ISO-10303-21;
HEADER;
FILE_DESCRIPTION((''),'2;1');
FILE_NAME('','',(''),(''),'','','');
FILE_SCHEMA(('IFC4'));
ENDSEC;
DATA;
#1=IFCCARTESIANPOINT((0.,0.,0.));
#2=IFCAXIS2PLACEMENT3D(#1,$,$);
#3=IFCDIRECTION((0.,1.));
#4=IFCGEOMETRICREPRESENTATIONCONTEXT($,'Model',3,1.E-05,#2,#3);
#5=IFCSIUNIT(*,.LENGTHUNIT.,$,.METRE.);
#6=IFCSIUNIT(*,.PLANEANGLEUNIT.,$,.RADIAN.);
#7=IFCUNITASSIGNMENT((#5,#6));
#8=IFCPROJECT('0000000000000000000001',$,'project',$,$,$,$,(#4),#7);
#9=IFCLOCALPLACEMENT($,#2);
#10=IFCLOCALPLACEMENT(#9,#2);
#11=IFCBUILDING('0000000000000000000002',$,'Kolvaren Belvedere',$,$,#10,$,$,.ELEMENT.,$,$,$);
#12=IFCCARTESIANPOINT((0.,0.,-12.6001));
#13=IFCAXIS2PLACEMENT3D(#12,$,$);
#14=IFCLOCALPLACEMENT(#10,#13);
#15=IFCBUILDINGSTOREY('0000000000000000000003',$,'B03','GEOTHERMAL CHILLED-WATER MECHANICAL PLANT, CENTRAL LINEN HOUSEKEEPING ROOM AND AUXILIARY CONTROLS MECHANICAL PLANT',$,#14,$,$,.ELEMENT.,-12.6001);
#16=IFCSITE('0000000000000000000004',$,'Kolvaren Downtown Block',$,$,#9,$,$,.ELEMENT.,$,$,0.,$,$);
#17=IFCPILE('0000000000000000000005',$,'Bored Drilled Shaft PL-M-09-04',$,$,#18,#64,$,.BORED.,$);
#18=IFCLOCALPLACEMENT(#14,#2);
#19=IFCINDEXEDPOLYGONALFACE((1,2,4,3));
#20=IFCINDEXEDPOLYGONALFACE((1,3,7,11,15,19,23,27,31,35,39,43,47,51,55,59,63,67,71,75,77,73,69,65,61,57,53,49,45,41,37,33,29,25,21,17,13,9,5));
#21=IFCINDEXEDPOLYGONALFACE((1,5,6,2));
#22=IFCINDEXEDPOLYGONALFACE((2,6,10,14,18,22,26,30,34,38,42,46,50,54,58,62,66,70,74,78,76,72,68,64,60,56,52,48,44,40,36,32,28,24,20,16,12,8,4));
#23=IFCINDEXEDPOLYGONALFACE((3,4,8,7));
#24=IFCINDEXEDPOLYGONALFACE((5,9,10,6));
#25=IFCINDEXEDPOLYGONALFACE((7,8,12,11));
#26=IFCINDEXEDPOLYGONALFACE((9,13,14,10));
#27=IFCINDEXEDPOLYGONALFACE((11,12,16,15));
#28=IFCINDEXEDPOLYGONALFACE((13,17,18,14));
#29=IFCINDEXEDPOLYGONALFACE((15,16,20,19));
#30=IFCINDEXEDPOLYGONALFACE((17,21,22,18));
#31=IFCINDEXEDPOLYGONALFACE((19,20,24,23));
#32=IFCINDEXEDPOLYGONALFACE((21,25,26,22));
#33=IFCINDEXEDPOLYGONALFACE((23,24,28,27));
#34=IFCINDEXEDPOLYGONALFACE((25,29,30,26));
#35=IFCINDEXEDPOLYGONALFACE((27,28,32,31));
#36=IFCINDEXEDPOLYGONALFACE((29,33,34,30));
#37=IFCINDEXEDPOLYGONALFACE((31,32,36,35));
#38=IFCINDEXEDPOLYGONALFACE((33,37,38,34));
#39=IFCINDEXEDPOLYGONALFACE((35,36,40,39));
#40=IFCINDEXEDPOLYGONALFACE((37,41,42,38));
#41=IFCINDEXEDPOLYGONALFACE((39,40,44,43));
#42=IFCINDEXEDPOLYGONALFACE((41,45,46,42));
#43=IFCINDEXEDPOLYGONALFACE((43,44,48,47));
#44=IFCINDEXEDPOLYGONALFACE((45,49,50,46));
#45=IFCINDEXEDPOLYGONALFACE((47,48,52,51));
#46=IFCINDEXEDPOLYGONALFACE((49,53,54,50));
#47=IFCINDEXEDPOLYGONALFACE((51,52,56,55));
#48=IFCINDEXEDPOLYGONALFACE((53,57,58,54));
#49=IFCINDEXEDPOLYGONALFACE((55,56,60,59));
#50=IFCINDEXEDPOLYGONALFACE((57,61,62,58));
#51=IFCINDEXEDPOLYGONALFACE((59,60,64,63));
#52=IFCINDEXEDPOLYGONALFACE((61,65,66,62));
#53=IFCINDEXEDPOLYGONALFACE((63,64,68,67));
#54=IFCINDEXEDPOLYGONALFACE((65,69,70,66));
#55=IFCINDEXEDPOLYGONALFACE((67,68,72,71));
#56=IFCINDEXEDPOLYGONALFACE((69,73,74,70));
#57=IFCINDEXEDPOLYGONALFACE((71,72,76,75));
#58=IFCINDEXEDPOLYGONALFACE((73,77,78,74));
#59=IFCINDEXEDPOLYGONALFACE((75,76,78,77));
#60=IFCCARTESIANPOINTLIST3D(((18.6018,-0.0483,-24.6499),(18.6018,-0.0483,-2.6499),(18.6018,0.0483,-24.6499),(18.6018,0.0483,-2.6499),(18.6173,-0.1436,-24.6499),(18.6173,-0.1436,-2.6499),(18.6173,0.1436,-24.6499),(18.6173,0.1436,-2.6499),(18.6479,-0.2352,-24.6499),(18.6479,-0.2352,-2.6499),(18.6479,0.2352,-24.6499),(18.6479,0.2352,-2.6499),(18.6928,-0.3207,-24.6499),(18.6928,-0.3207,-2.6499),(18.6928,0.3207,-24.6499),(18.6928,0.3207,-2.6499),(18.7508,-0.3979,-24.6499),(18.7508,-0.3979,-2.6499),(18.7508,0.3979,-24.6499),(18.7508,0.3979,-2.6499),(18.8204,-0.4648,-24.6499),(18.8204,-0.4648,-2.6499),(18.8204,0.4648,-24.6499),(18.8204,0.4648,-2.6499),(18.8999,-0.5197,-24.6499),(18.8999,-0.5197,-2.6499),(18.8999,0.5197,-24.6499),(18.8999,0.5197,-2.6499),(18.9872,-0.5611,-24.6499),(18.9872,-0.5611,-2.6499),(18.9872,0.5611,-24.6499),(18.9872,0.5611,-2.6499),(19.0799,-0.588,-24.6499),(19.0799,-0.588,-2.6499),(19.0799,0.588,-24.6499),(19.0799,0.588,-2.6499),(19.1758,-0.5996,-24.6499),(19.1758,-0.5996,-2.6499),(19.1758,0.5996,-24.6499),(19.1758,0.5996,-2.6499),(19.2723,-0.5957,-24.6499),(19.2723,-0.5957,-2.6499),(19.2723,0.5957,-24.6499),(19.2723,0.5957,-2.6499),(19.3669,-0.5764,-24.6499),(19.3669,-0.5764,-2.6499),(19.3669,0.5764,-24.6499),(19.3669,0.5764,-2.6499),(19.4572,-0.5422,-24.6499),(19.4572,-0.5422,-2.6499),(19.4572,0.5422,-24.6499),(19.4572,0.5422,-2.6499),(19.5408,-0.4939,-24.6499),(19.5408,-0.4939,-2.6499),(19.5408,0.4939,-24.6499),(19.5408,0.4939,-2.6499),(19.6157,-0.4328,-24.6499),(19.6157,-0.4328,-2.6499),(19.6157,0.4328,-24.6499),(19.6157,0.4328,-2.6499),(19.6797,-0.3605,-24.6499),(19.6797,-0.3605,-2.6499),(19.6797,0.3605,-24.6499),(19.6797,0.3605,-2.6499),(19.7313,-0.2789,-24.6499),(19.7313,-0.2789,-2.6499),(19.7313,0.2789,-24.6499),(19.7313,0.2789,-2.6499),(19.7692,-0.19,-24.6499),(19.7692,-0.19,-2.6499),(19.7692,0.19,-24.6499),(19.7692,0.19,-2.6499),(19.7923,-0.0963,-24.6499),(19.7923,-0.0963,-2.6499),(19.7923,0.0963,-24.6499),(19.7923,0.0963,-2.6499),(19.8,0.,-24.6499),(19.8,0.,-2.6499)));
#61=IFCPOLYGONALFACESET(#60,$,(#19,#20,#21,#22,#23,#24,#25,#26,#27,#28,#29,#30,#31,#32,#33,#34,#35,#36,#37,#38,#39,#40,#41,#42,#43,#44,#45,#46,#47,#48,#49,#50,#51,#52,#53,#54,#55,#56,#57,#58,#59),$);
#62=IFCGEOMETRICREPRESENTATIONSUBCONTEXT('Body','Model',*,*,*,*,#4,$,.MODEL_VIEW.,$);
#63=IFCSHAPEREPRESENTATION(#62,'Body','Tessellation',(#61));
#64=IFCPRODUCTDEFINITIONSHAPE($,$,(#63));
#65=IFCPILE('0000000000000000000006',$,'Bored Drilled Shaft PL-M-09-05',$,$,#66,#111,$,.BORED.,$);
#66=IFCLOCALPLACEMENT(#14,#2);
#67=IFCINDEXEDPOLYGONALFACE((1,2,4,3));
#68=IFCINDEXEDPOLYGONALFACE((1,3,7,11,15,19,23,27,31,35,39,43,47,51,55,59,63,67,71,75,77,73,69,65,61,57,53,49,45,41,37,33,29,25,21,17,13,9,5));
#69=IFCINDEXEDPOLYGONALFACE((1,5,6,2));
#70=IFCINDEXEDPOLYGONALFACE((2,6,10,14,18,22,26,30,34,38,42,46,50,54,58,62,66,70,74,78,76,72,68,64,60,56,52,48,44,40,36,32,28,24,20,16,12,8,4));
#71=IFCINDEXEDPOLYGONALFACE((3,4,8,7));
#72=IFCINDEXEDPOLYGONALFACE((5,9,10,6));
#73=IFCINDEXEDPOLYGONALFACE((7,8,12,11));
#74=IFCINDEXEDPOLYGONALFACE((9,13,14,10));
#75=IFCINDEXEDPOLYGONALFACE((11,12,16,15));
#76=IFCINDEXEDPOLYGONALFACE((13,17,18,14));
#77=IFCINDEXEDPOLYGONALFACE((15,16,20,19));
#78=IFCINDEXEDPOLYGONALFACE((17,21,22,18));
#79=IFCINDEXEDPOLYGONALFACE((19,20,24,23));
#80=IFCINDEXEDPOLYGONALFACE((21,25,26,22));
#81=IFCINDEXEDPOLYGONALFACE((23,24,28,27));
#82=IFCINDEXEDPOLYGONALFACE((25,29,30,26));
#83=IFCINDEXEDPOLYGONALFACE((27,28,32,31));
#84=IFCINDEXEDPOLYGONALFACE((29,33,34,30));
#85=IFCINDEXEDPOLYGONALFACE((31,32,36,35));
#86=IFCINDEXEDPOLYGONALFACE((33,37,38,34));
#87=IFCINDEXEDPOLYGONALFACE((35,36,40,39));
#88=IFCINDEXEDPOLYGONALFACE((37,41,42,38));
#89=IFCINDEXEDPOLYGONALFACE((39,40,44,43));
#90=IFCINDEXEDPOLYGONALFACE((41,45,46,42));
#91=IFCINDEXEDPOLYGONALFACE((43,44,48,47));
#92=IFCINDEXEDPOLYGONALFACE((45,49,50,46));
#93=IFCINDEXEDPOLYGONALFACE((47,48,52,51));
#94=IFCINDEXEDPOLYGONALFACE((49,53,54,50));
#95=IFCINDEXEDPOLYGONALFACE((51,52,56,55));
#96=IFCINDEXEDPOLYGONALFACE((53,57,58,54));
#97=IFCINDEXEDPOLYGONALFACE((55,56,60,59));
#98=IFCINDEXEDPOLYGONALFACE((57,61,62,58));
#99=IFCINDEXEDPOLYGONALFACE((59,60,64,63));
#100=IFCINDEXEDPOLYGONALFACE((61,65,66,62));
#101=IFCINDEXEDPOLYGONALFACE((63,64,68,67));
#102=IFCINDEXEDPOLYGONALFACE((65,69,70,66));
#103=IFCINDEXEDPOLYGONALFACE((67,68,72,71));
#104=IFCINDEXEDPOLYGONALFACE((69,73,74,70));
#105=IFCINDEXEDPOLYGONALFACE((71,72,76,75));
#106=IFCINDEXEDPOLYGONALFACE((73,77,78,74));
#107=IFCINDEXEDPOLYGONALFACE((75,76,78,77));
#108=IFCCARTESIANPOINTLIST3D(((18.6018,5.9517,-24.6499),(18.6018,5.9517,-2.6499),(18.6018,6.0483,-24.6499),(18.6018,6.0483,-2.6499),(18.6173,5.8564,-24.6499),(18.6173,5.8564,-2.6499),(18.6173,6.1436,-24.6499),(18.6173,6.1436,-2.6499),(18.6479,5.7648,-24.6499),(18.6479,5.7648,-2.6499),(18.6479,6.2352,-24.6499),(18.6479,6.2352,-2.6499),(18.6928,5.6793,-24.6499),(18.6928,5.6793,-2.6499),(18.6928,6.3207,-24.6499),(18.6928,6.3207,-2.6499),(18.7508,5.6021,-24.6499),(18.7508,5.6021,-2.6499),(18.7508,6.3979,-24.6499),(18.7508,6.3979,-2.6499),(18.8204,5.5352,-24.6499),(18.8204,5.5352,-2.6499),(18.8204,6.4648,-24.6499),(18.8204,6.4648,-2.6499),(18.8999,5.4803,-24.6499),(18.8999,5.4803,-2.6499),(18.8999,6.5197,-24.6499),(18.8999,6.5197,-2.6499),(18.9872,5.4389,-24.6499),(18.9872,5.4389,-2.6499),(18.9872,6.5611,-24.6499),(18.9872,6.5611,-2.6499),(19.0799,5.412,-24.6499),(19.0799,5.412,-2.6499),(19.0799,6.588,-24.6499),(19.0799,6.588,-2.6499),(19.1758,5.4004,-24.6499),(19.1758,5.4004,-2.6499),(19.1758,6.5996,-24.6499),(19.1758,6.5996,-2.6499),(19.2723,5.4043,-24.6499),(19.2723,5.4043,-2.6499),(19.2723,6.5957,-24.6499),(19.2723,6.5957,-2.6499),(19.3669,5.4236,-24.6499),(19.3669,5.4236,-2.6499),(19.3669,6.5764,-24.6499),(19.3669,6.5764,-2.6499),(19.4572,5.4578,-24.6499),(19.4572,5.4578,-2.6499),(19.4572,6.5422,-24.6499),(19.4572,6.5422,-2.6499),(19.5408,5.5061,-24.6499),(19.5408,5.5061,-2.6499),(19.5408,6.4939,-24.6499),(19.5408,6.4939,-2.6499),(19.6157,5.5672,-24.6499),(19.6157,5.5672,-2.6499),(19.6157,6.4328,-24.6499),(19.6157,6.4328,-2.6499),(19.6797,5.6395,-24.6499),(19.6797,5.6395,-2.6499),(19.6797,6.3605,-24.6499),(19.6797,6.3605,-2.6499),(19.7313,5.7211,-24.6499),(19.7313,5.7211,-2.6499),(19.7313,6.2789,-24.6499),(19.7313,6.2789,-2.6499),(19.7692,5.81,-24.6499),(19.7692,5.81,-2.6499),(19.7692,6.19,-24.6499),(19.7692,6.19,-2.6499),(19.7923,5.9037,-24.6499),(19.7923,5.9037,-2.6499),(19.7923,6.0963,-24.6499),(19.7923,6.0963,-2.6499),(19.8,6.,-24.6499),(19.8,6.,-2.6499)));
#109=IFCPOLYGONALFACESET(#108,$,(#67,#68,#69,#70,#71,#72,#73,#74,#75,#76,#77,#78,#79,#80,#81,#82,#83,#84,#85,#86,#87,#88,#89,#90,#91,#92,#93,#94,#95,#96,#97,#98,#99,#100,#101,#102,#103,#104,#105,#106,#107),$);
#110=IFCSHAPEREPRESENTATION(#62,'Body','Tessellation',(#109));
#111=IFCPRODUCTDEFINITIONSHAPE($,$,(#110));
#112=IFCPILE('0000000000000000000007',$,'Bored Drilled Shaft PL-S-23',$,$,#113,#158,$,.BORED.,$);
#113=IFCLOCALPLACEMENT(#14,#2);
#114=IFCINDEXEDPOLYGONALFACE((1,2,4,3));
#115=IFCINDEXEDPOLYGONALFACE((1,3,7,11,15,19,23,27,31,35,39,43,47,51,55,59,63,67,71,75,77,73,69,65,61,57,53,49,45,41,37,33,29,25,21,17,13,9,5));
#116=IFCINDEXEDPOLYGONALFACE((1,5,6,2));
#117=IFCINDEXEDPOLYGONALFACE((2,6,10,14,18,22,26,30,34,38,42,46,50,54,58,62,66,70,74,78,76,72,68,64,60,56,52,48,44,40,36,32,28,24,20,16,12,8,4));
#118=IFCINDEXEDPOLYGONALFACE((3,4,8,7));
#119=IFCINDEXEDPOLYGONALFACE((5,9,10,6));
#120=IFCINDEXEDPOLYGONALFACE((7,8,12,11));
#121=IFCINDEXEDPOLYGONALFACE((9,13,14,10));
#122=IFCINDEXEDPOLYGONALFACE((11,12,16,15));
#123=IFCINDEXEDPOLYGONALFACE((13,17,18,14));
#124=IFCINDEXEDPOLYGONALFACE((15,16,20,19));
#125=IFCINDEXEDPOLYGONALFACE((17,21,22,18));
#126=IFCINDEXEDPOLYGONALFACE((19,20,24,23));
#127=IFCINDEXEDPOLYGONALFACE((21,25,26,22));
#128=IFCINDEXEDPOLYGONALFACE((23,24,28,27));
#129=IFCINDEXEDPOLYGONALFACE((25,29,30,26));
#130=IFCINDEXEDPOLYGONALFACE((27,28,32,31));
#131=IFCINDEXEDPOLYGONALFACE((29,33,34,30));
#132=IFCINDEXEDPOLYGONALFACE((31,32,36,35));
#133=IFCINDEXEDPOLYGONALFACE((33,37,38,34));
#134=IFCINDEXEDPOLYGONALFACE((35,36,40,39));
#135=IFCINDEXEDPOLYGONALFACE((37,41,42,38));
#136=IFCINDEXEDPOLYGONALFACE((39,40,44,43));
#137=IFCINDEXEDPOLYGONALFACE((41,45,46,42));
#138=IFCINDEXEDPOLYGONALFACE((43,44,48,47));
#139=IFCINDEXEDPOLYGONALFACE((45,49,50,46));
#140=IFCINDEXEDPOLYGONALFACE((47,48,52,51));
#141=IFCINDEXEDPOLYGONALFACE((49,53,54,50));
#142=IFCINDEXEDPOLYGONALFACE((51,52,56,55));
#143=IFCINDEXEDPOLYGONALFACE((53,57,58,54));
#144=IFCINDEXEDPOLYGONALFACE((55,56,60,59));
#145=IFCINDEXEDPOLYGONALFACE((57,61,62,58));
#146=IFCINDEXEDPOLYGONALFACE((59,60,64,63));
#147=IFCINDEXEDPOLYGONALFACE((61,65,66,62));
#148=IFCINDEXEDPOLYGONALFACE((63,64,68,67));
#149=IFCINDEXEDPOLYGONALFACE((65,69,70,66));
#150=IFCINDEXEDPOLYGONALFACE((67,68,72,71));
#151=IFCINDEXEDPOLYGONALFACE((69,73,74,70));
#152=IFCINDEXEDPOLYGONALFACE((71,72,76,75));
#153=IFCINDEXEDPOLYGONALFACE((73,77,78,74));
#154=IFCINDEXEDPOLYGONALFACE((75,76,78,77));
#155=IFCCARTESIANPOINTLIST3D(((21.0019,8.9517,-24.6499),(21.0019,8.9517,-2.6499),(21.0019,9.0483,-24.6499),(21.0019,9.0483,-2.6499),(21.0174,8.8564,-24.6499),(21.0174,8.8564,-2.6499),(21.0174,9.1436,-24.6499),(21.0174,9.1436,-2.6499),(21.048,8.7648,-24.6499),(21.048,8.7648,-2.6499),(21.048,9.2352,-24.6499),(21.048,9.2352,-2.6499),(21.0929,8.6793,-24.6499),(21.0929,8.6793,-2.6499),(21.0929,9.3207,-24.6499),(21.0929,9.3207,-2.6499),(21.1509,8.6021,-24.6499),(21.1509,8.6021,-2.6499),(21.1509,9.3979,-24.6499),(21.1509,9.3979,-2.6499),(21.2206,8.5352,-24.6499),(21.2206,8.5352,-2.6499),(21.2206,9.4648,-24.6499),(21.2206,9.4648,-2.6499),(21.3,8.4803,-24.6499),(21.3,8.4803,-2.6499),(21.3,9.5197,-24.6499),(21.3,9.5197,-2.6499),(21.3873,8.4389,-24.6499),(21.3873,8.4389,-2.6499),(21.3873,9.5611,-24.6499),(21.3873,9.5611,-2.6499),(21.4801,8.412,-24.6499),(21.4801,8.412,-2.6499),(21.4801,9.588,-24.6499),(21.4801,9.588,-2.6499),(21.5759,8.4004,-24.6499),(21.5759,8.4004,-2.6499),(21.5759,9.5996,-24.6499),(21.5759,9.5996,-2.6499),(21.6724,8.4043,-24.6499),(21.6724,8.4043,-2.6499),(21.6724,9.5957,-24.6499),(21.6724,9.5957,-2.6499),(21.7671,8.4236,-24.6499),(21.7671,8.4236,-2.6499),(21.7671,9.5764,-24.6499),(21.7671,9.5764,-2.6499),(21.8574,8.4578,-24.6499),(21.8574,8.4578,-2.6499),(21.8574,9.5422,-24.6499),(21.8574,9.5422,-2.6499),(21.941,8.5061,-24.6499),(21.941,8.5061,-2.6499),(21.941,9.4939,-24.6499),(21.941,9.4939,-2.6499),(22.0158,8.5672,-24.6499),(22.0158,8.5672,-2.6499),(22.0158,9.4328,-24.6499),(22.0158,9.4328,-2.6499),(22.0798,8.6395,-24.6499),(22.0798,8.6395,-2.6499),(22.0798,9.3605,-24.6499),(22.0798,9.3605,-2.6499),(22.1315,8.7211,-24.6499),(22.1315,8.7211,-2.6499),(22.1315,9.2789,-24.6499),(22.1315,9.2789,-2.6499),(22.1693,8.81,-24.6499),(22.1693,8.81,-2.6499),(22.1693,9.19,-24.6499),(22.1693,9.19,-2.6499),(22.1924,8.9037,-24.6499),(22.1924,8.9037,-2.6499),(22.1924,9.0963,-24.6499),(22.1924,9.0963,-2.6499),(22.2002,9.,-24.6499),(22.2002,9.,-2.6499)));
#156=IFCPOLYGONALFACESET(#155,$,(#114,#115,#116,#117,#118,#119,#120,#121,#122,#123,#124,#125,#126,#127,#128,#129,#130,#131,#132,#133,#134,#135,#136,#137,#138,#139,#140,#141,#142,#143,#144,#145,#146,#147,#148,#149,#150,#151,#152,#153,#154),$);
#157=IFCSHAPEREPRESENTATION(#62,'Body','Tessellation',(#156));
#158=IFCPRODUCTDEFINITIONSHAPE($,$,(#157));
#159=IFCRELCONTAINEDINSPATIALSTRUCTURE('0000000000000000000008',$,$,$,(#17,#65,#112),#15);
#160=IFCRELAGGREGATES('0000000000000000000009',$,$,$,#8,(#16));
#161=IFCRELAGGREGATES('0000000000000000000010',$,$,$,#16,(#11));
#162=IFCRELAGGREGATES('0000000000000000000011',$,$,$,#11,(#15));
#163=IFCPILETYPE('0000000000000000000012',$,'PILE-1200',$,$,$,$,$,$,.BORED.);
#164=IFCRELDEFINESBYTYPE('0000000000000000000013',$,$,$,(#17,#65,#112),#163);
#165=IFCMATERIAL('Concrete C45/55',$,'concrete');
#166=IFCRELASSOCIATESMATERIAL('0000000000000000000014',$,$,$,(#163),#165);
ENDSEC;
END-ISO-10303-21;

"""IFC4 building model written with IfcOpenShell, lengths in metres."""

from ifc_helpers import new_model, si_unit, direction, frame, origin, origin_2d, place, context, subcontext, project, spatial, circle, extrude, material, material_profile, profile_set, type_object, element, save


model = new_model("IFC4")

# Units and contexts
model_context = context("Model", 3, precision=1e-05, world=origin(), true_north=direction((0.0, 1.0)))
body_context = subcontext(model_context, "Body", "Model", "MODEL_VIEW")
ifc_project = project(units=[si_unit("LENGTHUNIT", "METRE"), si_unit("PLANEANGLEUNIT", "RADIAN")], contexts=[model_context])

# Site, building, storey
site_placement = place(None, origin())
site = spatial("IfcSite", under=ifc_project, at=site_placement, Name="Kolvaren Downtown Block", CompositionType="ELEMENT", RefElevation=0.0)
building_placement = place(site_placement, origin())
building = spatial("IfcBuilding", under=site, at=building_placement, Name="Kolvaren Belvedere", CompositionType="ELEMENT")
storey_placement = place(building_placement, frame((0.0, 0.0, -12.6001)))
storey = spatial("IfcBuildingStorey", under=building, at=storey_placement, Name="B03", Description="GEOTHERMAL CHILLED-WATER MECHANICAL PLANT, CENTRAL LINEN HOUSEKEEPING ROOM AND AUXILIARY CONTROLS MECHANICAL PLANT", CompositionType="ELEMENT", Elevation=-12.6001)

# Piles
ifc_material_1 = material(Name="Concrete C45/55", Category="concrete")
ifc_material_profile_1 = material_profile(ifc_material_1, circle(Radius=0.6001, at=origin_2d()), Name="BORED PILE D1200")
ifc_profile_set_1 = profile_set([ifc_material_profile_1], Name="Concrete C45/55")
pile_type_1 = type_object("IfcPileType", Name="PILE-1200", PredefinedType="BORED", material=ifc_profile_set_1)
for number, where, z_axis, x_axis, name in (
    (1, (19.2, 0.0, -2.6499), (0.0, 0.0, -1.0), (1.0, 0.0, 0.0), "Bored Drilled Shaft PL-M-09-04"),
    (2, (19.2, 6.0, -2.6499), (0.0, 0.0, -1.0), (1.0, 0.0, 0.0), "Bored Drilled Shaft PL-M-09-05"),
    (3, (21.6001, 9.0, -2.6499), (0.0, 0.0, -1.0), (1.0, 0.0, 0.0), "Bored Drilled Shaft PL-S-23"),
):
    element("IfcPile", number, at=place(storey_placement, frame(where, z_axis=z_axis, x_axis=x_axis)), inside=storey, type_object=pile_type_1, Name=name, PredefinedType="BORED", context=body_context, shape_type="SweptSolid", body=[
        extrude(circle(Radius=0.6001, at=origin_2d()), origin(), (0.0, 0.0, 1.0), 22.0),
    ])

save(model, "model.ifc")
